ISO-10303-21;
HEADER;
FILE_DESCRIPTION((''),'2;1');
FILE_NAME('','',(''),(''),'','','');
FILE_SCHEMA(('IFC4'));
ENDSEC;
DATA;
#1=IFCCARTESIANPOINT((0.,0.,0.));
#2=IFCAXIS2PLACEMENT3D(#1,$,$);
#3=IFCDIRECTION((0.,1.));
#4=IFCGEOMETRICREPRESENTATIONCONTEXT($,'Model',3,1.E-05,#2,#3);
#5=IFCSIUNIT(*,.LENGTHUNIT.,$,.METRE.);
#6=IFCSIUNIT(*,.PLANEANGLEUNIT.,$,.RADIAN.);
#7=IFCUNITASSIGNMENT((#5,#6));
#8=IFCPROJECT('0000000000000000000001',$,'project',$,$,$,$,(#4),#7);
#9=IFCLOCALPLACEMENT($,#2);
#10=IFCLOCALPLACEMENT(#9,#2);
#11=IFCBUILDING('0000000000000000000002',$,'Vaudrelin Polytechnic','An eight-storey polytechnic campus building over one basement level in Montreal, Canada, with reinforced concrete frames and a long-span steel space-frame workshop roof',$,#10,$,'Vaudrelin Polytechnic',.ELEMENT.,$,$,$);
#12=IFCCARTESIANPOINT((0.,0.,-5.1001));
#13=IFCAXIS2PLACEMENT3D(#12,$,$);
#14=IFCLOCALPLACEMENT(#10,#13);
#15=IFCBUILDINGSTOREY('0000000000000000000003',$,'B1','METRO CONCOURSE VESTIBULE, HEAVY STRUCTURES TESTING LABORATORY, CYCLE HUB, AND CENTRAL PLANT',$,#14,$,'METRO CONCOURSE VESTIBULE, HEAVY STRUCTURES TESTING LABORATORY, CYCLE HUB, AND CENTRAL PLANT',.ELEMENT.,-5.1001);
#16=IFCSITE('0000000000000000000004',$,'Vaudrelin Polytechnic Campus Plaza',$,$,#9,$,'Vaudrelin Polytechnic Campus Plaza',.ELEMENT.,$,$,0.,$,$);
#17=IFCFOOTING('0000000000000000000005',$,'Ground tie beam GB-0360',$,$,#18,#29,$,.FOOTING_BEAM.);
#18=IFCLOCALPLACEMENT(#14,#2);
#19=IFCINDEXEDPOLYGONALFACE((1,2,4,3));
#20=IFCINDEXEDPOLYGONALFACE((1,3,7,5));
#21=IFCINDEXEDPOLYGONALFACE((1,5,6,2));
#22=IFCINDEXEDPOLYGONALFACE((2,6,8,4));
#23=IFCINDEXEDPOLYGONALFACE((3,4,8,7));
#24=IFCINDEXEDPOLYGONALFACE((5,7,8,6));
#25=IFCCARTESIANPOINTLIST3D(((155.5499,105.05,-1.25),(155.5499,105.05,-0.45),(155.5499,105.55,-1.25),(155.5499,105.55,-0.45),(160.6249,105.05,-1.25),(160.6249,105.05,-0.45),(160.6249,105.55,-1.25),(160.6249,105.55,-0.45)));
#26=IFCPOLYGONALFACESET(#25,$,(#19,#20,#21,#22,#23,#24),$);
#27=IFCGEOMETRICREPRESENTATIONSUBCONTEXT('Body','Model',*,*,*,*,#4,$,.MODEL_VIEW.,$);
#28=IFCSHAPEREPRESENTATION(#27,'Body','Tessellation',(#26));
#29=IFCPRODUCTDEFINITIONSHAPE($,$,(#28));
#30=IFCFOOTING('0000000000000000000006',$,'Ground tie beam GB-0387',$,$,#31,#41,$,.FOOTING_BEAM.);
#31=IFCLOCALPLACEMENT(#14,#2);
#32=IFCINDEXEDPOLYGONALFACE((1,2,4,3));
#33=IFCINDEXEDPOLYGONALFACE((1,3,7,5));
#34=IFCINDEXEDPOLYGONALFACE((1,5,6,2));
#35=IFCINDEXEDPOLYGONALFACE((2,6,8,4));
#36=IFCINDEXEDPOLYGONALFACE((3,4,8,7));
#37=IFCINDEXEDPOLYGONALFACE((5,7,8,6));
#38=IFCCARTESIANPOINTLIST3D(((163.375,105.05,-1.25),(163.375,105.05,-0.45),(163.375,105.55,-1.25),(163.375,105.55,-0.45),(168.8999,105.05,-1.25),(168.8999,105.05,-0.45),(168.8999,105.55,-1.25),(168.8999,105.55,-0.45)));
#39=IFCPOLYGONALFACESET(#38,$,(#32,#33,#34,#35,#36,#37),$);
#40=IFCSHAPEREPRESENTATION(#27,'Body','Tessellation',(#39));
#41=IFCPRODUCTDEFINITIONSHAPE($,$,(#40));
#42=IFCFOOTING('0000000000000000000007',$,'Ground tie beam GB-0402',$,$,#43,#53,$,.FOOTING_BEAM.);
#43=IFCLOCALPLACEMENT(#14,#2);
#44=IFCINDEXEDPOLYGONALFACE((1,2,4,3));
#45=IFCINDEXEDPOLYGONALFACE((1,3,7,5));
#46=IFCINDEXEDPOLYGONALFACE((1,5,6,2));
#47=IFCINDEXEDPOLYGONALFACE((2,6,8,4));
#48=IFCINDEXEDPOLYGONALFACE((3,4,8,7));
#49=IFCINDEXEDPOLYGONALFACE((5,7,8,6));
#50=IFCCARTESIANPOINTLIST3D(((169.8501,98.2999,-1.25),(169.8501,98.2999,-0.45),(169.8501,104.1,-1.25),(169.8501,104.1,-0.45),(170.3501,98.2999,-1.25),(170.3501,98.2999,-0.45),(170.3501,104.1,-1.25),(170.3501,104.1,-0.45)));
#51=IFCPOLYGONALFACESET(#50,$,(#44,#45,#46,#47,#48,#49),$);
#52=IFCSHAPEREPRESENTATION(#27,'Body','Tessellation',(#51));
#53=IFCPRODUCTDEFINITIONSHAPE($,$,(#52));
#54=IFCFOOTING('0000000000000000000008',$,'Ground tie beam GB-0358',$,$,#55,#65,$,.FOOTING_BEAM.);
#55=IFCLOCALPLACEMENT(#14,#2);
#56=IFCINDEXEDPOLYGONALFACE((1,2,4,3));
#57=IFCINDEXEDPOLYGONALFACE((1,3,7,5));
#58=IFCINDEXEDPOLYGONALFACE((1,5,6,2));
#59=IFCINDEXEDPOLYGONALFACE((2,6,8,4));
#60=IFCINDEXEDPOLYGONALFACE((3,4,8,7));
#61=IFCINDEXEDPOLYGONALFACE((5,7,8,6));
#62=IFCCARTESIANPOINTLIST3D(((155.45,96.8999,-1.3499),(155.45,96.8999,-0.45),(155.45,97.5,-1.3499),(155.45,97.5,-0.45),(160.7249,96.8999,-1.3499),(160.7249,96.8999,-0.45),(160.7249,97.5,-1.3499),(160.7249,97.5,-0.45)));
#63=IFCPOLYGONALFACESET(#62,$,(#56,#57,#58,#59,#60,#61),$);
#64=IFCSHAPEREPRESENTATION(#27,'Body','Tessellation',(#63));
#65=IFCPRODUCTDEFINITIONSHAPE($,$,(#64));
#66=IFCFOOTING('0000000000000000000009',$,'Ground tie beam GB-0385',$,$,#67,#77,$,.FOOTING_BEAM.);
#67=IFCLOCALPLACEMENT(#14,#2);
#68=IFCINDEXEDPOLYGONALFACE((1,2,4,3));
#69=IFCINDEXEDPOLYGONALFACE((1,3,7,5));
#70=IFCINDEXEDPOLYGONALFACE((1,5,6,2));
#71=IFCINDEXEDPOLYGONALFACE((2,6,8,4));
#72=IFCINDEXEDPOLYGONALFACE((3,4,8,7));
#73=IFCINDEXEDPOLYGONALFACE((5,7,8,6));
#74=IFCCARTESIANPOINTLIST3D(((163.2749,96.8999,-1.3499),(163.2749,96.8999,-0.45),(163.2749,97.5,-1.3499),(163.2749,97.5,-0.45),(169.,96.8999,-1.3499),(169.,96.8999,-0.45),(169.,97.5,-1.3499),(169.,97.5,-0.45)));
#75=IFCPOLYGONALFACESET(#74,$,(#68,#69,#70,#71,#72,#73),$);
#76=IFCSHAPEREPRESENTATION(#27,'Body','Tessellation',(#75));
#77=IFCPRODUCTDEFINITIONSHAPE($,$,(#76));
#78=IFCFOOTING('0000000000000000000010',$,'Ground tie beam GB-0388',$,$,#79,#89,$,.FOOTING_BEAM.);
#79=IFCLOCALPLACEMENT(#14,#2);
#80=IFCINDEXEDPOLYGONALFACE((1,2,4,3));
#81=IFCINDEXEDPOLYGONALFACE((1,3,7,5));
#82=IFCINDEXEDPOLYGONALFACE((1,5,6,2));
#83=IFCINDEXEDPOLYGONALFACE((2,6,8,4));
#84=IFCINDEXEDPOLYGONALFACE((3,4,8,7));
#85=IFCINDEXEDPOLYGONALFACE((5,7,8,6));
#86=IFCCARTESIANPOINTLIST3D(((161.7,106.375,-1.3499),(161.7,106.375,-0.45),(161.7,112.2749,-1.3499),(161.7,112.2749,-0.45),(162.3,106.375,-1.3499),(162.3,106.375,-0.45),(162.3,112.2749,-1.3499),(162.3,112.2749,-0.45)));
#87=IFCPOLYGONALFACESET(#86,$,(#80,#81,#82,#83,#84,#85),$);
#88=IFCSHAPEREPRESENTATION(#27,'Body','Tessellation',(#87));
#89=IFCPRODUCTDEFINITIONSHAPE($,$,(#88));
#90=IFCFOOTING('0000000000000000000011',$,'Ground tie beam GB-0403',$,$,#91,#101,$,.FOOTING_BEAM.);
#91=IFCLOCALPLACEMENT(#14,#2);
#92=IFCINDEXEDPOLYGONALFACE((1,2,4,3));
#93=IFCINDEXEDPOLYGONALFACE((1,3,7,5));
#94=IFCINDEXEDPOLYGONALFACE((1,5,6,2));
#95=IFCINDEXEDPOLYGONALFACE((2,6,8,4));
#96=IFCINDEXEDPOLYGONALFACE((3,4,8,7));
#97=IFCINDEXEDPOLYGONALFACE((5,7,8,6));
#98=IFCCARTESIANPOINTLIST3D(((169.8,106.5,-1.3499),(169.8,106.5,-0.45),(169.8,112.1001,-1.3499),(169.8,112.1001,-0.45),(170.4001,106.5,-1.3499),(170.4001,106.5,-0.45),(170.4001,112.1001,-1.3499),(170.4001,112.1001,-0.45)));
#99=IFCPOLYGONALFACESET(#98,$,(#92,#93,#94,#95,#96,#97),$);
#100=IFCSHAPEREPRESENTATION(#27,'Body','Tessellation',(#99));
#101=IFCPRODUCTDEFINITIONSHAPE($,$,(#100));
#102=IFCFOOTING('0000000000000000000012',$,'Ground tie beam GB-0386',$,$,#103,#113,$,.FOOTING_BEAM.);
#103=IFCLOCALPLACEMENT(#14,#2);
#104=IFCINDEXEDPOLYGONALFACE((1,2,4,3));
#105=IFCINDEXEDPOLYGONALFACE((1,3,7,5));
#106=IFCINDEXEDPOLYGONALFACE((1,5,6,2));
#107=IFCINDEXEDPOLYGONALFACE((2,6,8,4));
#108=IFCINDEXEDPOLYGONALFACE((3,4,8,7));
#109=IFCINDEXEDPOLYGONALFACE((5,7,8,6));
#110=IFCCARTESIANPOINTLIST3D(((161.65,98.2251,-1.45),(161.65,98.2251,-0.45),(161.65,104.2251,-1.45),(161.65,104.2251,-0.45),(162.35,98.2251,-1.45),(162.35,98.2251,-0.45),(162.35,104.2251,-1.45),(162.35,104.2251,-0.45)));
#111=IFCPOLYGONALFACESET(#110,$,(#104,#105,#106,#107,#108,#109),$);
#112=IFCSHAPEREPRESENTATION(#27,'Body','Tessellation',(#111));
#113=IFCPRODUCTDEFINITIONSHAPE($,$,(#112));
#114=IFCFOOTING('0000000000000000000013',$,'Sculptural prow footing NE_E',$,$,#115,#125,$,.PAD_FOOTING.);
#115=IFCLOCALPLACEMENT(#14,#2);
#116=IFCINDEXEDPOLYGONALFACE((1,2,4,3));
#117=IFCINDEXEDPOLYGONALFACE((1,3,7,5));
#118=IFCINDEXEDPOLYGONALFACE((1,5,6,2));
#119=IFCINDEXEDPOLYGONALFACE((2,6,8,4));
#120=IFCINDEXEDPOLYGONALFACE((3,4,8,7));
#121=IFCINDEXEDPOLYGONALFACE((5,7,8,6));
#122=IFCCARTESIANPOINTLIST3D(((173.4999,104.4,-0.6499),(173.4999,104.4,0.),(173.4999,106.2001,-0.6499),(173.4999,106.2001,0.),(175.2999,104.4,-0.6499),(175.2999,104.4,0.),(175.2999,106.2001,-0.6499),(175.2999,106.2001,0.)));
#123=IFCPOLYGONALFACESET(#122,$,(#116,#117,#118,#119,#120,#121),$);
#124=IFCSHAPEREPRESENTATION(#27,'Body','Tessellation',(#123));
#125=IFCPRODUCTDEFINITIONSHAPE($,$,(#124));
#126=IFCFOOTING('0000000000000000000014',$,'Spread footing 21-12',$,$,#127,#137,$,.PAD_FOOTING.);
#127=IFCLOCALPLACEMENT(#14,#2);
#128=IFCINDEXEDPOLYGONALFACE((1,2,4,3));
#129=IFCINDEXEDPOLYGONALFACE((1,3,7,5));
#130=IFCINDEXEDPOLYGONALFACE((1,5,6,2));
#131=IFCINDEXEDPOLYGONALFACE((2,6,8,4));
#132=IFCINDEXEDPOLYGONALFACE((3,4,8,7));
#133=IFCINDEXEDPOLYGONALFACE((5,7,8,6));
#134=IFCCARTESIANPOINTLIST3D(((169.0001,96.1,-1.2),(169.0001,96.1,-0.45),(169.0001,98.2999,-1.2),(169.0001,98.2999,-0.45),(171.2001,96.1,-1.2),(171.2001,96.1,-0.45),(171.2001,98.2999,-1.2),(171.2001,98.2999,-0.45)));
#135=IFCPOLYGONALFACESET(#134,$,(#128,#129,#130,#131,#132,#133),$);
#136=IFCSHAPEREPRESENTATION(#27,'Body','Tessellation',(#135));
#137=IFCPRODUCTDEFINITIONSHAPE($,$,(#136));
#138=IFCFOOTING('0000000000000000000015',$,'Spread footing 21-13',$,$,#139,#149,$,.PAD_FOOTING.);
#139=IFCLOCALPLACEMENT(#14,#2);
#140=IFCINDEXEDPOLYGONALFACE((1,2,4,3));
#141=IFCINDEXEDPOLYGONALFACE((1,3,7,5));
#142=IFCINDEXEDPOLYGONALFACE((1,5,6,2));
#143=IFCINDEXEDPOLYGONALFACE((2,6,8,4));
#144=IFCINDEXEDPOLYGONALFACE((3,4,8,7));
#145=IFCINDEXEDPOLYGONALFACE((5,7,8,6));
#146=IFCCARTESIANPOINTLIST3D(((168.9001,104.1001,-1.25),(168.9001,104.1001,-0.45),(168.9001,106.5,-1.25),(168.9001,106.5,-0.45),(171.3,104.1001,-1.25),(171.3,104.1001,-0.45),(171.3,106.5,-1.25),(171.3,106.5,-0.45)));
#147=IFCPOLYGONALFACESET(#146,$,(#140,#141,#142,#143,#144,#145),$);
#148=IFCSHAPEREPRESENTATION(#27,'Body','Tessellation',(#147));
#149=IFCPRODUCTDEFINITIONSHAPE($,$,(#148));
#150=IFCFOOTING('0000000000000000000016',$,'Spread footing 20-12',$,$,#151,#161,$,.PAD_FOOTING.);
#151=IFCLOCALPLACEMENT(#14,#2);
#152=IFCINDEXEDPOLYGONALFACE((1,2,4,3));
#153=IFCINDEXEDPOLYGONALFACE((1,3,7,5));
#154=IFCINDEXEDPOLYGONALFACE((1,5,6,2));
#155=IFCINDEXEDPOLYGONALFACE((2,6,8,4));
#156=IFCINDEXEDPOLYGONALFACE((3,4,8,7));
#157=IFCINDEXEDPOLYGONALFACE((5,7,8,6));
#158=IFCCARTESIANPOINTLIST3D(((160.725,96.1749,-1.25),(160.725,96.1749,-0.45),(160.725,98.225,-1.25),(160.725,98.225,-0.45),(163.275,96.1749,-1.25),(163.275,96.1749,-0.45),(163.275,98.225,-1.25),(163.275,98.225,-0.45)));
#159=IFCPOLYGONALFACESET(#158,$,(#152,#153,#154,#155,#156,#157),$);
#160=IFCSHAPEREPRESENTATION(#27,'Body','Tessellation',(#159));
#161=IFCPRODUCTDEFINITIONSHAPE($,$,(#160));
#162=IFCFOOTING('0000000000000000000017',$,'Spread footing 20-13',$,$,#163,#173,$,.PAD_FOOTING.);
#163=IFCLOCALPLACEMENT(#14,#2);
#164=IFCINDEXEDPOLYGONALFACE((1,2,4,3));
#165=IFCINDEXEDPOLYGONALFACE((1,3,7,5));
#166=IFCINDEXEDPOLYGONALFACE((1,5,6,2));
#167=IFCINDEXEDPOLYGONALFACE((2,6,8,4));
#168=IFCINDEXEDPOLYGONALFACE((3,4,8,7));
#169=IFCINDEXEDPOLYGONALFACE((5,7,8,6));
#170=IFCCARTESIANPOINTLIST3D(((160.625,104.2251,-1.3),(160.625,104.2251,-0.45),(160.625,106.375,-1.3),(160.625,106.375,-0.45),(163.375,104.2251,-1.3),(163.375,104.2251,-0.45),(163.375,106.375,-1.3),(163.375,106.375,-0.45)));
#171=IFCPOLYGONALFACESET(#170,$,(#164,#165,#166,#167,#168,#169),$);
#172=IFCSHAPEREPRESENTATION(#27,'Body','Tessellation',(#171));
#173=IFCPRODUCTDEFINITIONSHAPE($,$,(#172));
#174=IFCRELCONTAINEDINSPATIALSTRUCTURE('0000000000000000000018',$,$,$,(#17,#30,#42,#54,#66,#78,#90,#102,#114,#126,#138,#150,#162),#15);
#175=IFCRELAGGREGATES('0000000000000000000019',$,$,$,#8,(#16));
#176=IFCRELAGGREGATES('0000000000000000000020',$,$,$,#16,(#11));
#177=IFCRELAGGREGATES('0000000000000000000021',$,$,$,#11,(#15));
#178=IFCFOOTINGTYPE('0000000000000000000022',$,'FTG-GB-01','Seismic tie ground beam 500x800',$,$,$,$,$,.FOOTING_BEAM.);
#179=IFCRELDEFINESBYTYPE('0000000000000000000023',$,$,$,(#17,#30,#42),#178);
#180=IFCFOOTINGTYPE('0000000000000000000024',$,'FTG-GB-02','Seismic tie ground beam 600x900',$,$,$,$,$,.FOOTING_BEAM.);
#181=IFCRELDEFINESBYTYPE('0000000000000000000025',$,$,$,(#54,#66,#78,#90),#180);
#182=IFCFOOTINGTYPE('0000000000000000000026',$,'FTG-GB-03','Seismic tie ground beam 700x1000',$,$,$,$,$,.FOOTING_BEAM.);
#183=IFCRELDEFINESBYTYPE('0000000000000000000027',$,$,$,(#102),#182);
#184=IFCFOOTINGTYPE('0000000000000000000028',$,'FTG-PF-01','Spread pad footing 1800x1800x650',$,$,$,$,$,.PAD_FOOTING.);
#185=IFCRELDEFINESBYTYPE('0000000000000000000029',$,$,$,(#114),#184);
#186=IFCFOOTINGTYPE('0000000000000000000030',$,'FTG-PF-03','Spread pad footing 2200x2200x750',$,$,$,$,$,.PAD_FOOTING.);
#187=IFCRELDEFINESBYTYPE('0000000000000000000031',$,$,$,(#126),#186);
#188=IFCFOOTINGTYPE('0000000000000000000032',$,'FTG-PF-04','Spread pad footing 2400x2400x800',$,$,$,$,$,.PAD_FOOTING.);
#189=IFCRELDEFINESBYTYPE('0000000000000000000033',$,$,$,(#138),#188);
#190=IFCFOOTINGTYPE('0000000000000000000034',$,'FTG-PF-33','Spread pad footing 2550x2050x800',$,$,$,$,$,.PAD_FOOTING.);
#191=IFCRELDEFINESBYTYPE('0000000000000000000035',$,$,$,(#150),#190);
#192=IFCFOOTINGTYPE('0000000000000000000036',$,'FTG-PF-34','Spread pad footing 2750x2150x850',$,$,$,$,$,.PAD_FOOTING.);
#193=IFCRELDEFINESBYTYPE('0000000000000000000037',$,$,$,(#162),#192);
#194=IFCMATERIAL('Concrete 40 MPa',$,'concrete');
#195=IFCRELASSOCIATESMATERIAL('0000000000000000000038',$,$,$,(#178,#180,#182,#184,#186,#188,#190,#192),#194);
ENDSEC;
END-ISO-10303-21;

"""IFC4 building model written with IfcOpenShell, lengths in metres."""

from ifc_helpers import new_model, si_unit, direction, frame, origin, origin_2d, place, context, subcontext, project, spatial, rectangle, extrude, material, type_object, element, save


model = new_model("IFC4")

# Units and contexts
model_context = context("Model", 3, precision=1e-05, world=origin(), true_north=direction((0.0, 1.0)))
body_context = subcontext(model_context, "Body", "Model", "MODEL_VIEW")
ifc_project = project(units=[si_unit("LENGTHUNIT", "METRE"), si_unit("PLANEANGLEUNIT", "RADIAN")], contexts=[model_context])

# Site, building, storey
site_placement = place(None, origin())
site = spatial("IfcSite", under=ifc_project, at=site_placement, Name="Vaudrelin Polytechnic Campus Plaza", LongName="Vaudrelin Polytechnic Campus Plaza", CompositionType="ELEMENT", RefElevation=0.0)
building_placement = place(site_placement, origin())
building = spatial("IfcBuilding", under=site, at=building_placement, Name="Vaudrelin Polytechnic", Description="An eight-storey polytechnic campus building over one basement level in Montreal, Canada, with reinforced concrete frames and a long-span steel space-frame workshop roof", LongName="Vaudrelin Polytechnic", CompositionType="ELEMENT")
storey_placement = place(building_placement, frame((0.0, 0.0, -5.1001)))
storey = spatial("IfcBuildingStorey", under=building, at=storey_placement, Name="B1", Description="METRO CONCOURSE VESTIBULE, HEAVY STRUCTURES TESTING LABORATORY, CYCLE HUB, AND CENTRAL PLANT", LongName="METRO CONCOURSE VESTIBULE, HEAVY STRUCTURES TESTING LABORATORY, CYCLE HUB, AND CENTRAL PLANT", CompositionType="ELEMENT", Elevation=-5.1001)

# Footings
ifc_material_1 = material(Name="Concrete 40 MPa", Category="concrete")
footing_type_1 = type_object("IfcFootingType", Name="FTG-GB-01", Description="Seismic tie ground beam 500x800", PredefinedType="FOOTING_BEAM", material=ifc_material_1)
footing_1_placement = place(storey_placement, frame((158.0874, 105.3, -1.25), z_axis=(0.0, 0.0, 1.0), x_axis=(1.0, 0.0, 0.0)))
element("IfcFooting", 1, at=footing_1_placement, inside=storey, type_object=footing_type_1, Name="Ground tie beam GB-0360", PredefinedType="FOOTING_BEAM", context=body_context, shape_type="SweptSolid", body=[
    extrude(rectangle(XDim=5.075, YDim=0.5, at=origin_2d()), origin(), (0.0, 0.0, 1.0), 0.8),
])
footing_2_placement = place(storey_placement, frame((166.1375, 105.3, -1.25), z_axis=(0.0, 0.0, 1.0), x_axis=(1.0, 0.0, 0.0)))
element("IfcFooting", 2, at=footing_2_placement, inside=storey, type_object=footing_type_1, Name="Ground tie beam GB-0387", PredefinedType="FOOTING_BEAM", context=body_context, shape_type="SweptSolid", body=[
    extrude(rectangle(XDim=5.5249, YDim=0.5, at=origin_2d()), origin(), (0.0, 0.0, 1.0), 0.8),
])
footing_3_placement = place(storey_placement, frame((170.1001, 101.2, -1.25), z_axis=(0.0, 0.0, 1.0), x_axis=(1.0, 0.0, 0.0)))
element("IfcFooting", 3, at=footing_3_placement, inside=storey, type_object=footing_type_1, Name="Ground tie beam GB-0402", PredefinedType="FOOTING_BEAM", context=body_context, shape_type="SweptSolid", body=[
    extrude(rectangle(XDim=0.5, YDim=5.8, at=origin_2d()), origin(), (0.0, 0.0, 1.0), 0.8),
])
footing_type_2 = type_object("IfcFootingType", Name="FTG-GB-02", Description="Seismic tie ground beam 600x900", PredefinedType="FOOTING_BEAM", material=ifc_material_1)
footing_4_placement = place(storey_placement, frame((158.0874, 97.2, -1.3499), z_axis=(0.0, 0.0, 1.0), x_axis=(1.0, 0.0, 0.0)))
element("IfcFooting", 4, at=footing_4_placement, inside=storey, type_object=footing_type_2, Name="Ground tie beam GB-0358", PredefinedType="FOOTING_BEAM", context=body_context, shape_type="SweptSolid", body=[
    extrude(rectangle(XDim=5.2749, YDim=0.6001, at=origin_2d()), origin(), (0.0, 0.0, 1.0), 0.8999),
])
footing_5_placement = place(storey_placement, frame((166.1375, 97.2, -1.3499), z_axis=(0.0, 0.0, 1.0), x_axis=(1.0, 0.0, 0.0)))
element("IfcFooting", 5, at=footing_5_placement, inside=storey, type_object=footing_type_2, Name="Ground tie beam GB-0385", PredefinedType="FOOTING_BEAM", context=body_context, shape_type="SweptSolid", body=[
    extrude(rectangle(XDim=5.7251, YDim=0.6001, at=origin_2d()), origin(), (0.0, 0.0, 1.0), 0.8999),
])
footing_6_placement = place(storey_placement, frame((162.0, 109.325, -1.3499), z_axis=(0.0, 0.0, 1.0), x_axis=(1.0, 0.0, 0.0)))
element("IfcFooting", 6, at=footing_6_placement, inside=storey, type_object=footing_type_2, Name="Ground tie beam GB-0388", PredefinedType="FOOTING_BEAM", context=body_context, shape_type="SweptSolid", body=[
    extrude(rectangle(XDim=0.6001, YDim=5.8999, at=origin_2d()), origin(), (0.0, 0.0, 1.0), 0.8999),
])
footing_7_placement = place(storey_placement, frame((170.1001, 109.3, -1.3499), z_axis=(0.0, 0.0, 1.0), x_axis=(1.0, 0.0, 0.0)))
element("IfcFooting", 7, at=footing_7_placement, inside=storey, type_object=footing_type_2, Name="Ground tie beam GB-0403", PredefinedType="FOOTING_BEAM", context=body_context, shape_type="SweptSolid", body=[
    extrude(rectangle(XDim=0.6001, YDim=5.6001, at=origin_2d()), origin(), (0.0, 0.0, 1.0), 0.8999),
])
footing_type_3 = type_object("IfcFootingType", Name="FTG-GB-03", Description="Seismic tie ground beam 700x1000", PredefinedType="FOOTING_BEAM", material=ifc_material_1)
footing_8_placement = place(storey_placement, frame((162.0, 101.2251, -1.45), z_axis=(0.0, 0.0, 1.0), x_axis=(1.0, 0.0, 0.0)))
element("IfcFooting", 8, at=footing_8_placement, inside=storey, type_object=footing_type_3, Name="Ground tie beam GB-0386", PredefinedType="FOOTING_BEAM", context=body_context, shape_type="SweptSolid", body=[
    extrude(rectangle(XDim=0.7, YDim=6.0, at=origin_2d()), origin(), (0.0, 0.0, 1.0), 1.0),
])
footing_type_4 = type_object("IfcFootingType", Name="FTG-PF-01", Description="Spread pad footing 1800x1800x650", PredefinedType="PAD_FOOTING", material=ifc_material_1)
footing_9_placement = place(storey_placement, frame((174.3999, 105.3, -0.6499), z_axis=(0.0, 0.0, 1.0), x_axis=(1.0, 0.0, 0.0)))
element("IfcFooting", 9, at=footing_9_placement, inside=storey, type_object=footing_type_4, Name="Sculptural prow footing NE_E", PredefinedType="PAD_FOOTING", context=body_context, shape_type="SweptSolid", body=[
    extrude(rectangle(XDim=1.8, YDim=1.8, at=origin_2d()), origin(), (0.0, 0.0, 1.0), 0.6499),
])
footing_type_5 = type_object("IfcFootingType", Name="FTG-PF-03", Description="Spread pad footing 2200x2200x750", PredefinedType="PAD_FOOTING", material=ifc_material_1)
footing_10_placement = place(storey_placement, frame((170.1001, 97.2, -1.2), z_axis=(0.0, 0.0, 1.0), x_axis=(1.0, 0.0, 0.0)))
element("IfcFooting", 10, at=footing_10_placement, inside=storey, type_object=footing_type_5, Name="Spread footing 21-12", PredefinedType="PAD_FOOTING", context=body_context, shape_type="SweptSolid", body=[
    extrude(rectangle(XDim=2.2, YDim=2.2, at=origin_2d()), origin(), (0.0, 0.0, 1.0), 0.75),
])
footing_type_6 = type_object("IfcFootingType", Name="FTG-PF-04", Description="Spread pad footing 2400x2400x800", PredefinedType="PAD_FOOTING", material=ifc_material_1)
footing_11_placement = place(storey_placement, frame((170.1001, 105.3, -1.25), z_axis=(0.0, 0.0, 1.0), x_axis=(1.0, 0.0, 0.0)))
element("IfcFooting", 11, at=footing_11_placement, inside=storey, type_object=footing_type_6, Name="Spread footing 21-13", PredefinedType="PAD_FOOTING", context=body_context, shape_type="SweptSolid", body=[
    extrude(rectangle(XDim=2.3999, YDim=2.3999, at=origin_2d()), origin(), (0.0, 0.0, 1.0), 0.8),
])
footing_type_7 = type_object("IfcFootingType", Name="FTG-PF-33", Description="Spread pad footing 2550x2050x800", PredefinedType="PAD_FOOTING", material=ifc_material_1)
footing_12_placement = place(storey_placement, frame((162.0, 97.2, -1.25), z_axis=(0.0, 0.0, 1.0), x_axis=(1.0, 0.0, 0.0)))
element("IfcFooting", 12, at=footing_12_placement, inside=storey, type_object=footing_type_7, Name="Spread footing 20-12", PredefinedType="PAD_FOOTING", context=body_context, shape_type="SweptSolid", body=[
    extrude(rectangle(XDim=2.55, YDim=2.05, at=origin_2d()), origin(), (0.0, 0.0, 1.0), 0.8),
])
footing_type_8 = type_object("IfcFootingType", Name="FTG-PF-34", Description="Spread pad footing 2750x2150x850", PredefinedType="PAD_FOOTING", material=ifc_material_1)
footing_13_placement = place(storey_placement, frame((162.0, 105.3, -1.3), z_axis=(0.0, 0.0, 1.0), x_axis=(1.0, 0.0, 0.0)))
element("IfcFooting", 13, at=footing_13_placement, inside=storey, type_object=footing_type_8, Name="Spread footing 20-13", PredefinedType="PAD_FOOTING", context=body_context, shape_type="SweptSolid", body=[
    extrude(rectangle(XDim=2.75, YDim=2.1499, at=origin_2d()), origin(), (0.0, 0.0, 1.0), 0.8501),
])

save(model, "model.ifc")
